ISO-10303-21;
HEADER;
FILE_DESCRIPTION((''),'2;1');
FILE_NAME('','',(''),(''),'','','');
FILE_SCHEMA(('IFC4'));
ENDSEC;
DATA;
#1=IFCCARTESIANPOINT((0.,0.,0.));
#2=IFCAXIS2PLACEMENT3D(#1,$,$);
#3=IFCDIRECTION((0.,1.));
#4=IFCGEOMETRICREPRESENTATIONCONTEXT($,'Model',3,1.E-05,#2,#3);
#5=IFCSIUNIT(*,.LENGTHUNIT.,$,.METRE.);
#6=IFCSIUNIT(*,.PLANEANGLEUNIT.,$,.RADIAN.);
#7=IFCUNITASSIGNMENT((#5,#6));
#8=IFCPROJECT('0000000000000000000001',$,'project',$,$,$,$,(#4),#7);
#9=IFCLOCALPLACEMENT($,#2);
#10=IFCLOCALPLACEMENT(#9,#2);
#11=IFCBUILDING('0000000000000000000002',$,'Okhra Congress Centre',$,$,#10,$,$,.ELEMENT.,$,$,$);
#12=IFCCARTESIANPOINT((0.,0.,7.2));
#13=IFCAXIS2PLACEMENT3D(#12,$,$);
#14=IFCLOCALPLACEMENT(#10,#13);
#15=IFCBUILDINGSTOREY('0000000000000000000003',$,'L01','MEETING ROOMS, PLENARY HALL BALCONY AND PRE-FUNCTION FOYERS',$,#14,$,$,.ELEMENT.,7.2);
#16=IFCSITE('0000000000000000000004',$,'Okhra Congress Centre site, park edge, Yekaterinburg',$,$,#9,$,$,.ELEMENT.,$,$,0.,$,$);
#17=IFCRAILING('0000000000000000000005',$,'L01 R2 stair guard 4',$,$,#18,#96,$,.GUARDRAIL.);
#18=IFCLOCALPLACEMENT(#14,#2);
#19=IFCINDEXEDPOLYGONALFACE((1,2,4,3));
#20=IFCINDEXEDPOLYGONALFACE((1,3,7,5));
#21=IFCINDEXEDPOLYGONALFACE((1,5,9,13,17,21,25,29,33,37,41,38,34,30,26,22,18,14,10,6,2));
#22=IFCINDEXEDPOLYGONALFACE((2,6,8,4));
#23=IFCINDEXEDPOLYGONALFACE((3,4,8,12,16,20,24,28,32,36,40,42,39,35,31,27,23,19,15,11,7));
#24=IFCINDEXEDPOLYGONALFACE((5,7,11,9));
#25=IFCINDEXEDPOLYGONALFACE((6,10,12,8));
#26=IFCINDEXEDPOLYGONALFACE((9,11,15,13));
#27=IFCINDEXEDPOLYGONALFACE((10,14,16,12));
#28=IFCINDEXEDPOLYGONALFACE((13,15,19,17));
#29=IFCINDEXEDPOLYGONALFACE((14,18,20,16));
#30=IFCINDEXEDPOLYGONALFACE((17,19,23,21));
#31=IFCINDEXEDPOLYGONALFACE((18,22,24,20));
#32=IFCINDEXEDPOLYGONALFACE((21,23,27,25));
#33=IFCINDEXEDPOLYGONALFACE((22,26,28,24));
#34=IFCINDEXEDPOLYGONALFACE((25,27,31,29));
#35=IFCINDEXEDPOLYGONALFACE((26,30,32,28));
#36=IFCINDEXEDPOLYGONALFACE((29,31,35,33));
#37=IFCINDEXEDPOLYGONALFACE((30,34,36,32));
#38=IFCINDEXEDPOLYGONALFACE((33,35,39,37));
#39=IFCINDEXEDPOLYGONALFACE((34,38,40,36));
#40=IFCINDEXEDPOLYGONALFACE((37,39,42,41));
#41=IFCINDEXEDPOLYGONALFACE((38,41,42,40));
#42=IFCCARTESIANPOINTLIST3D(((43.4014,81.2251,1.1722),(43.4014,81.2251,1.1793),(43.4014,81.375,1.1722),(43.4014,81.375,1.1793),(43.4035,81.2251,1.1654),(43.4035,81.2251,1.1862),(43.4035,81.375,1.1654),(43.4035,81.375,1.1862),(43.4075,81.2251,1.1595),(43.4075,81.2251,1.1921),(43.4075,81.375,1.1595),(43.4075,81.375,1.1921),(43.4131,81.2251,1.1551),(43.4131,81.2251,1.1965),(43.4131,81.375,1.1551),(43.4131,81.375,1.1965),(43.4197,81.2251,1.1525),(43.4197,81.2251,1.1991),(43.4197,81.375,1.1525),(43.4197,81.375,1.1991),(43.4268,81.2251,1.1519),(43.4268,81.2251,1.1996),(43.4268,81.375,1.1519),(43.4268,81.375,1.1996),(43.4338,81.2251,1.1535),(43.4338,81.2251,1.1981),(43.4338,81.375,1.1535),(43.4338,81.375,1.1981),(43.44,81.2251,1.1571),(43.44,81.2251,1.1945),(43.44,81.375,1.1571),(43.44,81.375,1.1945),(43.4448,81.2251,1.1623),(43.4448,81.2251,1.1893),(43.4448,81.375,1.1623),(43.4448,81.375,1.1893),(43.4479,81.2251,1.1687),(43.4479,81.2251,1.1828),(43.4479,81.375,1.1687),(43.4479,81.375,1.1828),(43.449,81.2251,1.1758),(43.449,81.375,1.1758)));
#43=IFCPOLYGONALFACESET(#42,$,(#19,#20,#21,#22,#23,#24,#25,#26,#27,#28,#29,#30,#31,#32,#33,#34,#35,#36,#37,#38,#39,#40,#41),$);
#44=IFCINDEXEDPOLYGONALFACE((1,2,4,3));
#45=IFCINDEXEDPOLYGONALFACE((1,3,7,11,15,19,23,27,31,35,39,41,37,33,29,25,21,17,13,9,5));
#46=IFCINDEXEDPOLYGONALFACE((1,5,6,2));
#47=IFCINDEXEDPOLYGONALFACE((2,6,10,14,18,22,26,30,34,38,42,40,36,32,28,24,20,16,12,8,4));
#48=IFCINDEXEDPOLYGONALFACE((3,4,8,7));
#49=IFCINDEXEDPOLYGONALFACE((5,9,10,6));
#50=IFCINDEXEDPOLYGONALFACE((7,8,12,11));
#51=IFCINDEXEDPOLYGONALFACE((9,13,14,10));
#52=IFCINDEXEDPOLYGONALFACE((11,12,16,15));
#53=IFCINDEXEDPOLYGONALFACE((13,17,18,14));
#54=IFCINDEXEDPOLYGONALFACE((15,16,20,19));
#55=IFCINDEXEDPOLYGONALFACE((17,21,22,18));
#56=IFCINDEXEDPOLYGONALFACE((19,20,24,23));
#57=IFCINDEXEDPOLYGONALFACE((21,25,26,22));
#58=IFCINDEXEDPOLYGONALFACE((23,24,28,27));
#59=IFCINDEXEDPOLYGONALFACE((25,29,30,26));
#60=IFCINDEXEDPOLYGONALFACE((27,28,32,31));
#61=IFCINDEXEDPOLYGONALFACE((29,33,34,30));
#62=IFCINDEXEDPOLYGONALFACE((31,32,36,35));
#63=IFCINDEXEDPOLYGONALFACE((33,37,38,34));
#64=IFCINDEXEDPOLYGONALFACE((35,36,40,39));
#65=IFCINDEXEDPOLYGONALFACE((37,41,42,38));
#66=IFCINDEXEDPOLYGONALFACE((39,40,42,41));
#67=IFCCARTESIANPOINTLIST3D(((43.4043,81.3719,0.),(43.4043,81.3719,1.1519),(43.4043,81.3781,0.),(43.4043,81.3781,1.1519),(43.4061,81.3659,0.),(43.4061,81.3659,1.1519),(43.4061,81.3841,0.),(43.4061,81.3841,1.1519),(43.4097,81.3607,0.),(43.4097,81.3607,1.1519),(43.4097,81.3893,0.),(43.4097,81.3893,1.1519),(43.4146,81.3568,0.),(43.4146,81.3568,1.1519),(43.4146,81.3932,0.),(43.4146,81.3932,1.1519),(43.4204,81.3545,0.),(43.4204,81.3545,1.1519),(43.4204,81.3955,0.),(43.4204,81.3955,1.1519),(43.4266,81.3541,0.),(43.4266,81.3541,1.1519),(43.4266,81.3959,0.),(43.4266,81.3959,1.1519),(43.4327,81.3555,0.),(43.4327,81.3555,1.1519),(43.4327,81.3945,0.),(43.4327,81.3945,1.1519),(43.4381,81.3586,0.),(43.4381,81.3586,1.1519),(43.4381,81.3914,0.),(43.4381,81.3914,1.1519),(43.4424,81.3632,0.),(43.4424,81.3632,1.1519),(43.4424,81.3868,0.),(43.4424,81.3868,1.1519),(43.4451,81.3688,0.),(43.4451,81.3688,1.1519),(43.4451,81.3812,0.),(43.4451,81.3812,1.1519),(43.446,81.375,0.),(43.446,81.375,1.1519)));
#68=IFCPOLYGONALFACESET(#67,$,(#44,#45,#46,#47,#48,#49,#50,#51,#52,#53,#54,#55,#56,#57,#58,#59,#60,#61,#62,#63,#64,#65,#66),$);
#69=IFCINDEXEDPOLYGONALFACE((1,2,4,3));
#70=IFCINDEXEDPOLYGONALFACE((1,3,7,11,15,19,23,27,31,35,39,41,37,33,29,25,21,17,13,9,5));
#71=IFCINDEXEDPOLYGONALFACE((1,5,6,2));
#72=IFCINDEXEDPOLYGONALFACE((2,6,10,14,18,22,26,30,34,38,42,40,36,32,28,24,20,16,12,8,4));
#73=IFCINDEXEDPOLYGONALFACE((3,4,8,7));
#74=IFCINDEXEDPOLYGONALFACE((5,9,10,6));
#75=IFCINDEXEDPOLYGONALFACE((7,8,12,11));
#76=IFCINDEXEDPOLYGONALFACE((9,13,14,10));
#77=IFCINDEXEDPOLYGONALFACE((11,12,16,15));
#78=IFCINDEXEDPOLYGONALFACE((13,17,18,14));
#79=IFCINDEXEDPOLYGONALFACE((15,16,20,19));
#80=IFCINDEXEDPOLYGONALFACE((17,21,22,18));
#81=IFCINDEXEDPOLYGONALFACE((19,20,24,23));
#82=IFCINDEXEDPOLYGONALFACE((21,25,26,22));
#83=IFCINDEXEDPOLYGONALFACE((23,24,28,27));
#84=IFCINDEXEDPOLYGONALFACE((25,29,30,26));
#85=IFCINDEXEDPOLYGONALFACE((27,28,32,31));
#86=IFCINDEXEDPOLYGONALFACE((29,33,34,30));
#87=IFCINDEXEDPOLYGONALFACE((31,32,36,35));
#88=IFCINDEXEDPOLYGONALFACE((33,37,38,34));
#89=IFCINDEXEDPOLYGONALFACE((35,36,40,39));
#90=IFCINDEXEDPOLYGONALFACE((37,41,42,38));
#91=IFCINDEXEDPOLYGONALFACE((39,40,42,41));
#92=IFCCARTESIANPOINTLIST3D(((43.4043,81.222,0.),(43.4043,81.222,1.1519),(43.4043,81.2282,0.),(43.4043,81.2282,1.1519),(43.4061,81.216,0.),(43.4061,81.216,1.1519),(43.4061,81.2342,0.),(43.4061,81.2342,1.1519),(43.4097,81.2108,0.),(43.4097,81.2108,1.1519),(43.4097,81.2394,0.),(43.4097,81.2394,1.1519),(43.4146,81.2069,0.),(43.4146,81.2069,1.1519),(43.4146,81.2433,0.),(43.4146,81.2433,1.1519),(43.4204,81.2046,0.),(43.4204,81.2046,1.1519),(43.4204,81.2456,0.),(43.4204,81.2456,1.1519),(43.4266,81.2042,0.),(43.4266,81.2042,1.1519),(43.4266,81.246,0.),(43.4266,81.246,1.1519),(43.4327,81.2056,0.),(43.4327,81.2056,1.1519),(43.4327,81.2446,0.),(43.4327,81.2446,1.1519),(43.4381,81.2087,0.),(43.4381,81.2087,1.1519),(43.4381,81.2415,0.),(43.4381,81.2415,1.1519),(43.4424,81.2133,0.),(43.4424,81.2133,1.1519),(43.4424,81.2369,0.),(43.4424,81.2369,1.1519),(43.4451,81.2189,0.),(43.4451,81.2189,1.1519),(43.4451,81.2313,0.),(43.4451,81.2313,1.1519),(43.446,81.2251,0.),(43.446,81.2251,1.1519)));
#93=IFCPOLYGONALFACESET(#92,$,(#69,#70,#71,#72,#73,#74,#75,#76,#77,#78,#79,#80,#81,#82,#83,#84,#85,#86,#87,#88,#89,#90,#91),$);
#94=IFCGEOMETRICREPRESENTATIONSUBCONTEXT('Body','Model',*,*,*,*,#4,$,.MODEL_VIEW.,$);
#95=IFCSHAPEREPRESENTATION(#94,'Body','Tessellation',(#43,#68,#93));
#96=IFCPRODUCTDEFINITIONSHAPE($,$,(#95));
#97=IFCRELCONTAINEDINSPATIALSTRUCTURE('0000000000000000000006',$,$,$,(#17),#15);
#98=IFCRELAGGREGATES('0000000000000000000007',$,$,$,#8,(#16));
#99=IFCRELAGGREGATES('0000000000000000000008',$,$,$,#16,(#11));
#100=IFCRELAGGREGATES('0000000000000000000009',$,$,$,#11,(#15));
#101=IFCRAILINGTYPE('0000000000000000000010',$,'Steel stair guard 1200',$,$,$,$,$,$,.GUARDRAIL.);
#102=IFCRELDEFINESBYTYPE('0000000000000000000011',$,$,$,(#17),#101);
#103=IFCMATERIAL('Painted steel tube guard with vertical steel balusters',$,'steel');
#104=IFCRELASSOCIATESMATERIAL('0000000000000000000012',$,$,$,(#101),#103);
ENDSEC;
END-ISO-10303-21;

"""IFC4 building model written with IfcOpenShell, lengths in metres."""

from ifc_helpers import new_model, si_unit, direction, frame, origin, origin_2d, place, context, subcontext, project, spatial, circle, extrude, material, type_object, element, save


model = new_model("IFC4")

# Units and contexts
model_context = context("Model", 3, precision=1e-05, world=origin(), true_north=direction((0.0, 1.0)))
body_context = subcontext(model_context, "Body", "Model", "MODEL_VIEW")
ifc_project = project(units=[si_unit("LENGTHUNIT", "METRE"), si_unit("PLANEANGLEUNIT", "RADIAN")], contexts=[model_context])

# Site, building, storey
site_placement = place(None, origin())
site = spatial("IfcSite", under=ifc_project, at=site_placement, Name="Okhra Congress Centre site, park edge, Yekaterinburg", CompositionType="ELEMENT", RefElevation=0.0)
building_placement = place(site_placement, origin())
building = spatial("IfcBuilding", under=site, at=building_placement, Name="Okhra Congress Centre", CompositionType="ELEMENT")
storey_placement = place(building_placement, frame((0.0, 0.0, 7.2)))
storey = spatial("IfcBuildingStorey", under=building, at=storey_placement, Name="L01", Description="MEETING ROOMS, PLENARY HALL BALCONY AND PRE-FUNCTION FOYERS", CompositionType="ELEMENT", Elevation=7.2)

# Railing
ifc_material_1 = material(Name="Painted steel tube guard with vertical steel balusters", Category="steel")
railing_type_1 = type_object("IfcRailingType", Name="Steel stair guard 1200", PredefinedType="GUARDRAIL", material=ifc_material_1)
railing_1_placement = place(storey_placement, frame((43.425, 81.375, 0.0)))
element("IfcRailing", 1, at=railing_1_placement, inside=storey, type_object=railing_type_1, Name="L01 R2 stair guard 4", PredefinedType="GUARDRAIL", context=body_context, shape_type="SweptSolid", body=[
    extrude(circle(Radius=0.0239, at=origin_2d()), frame((0.0, 0.0, 1.1758), z_axis=(0.0, -1.0, 0.0), x_axis=(1.0, 0.0, 0.0)), (0.0, 0.0, 1.0), 0.1499),
    extrude(circle(Radius=0.021, at=origin_2d()), origin(), (0.0, 0.0, 1.0), 1.1519),
    extrude(circle(Radius=0.021, at=origin_2d()), frame((0.0, -0.1499, 0.0)), (0.0, 0.0, 1.0), 1.1519),
])

save(model, "model.ifc")
